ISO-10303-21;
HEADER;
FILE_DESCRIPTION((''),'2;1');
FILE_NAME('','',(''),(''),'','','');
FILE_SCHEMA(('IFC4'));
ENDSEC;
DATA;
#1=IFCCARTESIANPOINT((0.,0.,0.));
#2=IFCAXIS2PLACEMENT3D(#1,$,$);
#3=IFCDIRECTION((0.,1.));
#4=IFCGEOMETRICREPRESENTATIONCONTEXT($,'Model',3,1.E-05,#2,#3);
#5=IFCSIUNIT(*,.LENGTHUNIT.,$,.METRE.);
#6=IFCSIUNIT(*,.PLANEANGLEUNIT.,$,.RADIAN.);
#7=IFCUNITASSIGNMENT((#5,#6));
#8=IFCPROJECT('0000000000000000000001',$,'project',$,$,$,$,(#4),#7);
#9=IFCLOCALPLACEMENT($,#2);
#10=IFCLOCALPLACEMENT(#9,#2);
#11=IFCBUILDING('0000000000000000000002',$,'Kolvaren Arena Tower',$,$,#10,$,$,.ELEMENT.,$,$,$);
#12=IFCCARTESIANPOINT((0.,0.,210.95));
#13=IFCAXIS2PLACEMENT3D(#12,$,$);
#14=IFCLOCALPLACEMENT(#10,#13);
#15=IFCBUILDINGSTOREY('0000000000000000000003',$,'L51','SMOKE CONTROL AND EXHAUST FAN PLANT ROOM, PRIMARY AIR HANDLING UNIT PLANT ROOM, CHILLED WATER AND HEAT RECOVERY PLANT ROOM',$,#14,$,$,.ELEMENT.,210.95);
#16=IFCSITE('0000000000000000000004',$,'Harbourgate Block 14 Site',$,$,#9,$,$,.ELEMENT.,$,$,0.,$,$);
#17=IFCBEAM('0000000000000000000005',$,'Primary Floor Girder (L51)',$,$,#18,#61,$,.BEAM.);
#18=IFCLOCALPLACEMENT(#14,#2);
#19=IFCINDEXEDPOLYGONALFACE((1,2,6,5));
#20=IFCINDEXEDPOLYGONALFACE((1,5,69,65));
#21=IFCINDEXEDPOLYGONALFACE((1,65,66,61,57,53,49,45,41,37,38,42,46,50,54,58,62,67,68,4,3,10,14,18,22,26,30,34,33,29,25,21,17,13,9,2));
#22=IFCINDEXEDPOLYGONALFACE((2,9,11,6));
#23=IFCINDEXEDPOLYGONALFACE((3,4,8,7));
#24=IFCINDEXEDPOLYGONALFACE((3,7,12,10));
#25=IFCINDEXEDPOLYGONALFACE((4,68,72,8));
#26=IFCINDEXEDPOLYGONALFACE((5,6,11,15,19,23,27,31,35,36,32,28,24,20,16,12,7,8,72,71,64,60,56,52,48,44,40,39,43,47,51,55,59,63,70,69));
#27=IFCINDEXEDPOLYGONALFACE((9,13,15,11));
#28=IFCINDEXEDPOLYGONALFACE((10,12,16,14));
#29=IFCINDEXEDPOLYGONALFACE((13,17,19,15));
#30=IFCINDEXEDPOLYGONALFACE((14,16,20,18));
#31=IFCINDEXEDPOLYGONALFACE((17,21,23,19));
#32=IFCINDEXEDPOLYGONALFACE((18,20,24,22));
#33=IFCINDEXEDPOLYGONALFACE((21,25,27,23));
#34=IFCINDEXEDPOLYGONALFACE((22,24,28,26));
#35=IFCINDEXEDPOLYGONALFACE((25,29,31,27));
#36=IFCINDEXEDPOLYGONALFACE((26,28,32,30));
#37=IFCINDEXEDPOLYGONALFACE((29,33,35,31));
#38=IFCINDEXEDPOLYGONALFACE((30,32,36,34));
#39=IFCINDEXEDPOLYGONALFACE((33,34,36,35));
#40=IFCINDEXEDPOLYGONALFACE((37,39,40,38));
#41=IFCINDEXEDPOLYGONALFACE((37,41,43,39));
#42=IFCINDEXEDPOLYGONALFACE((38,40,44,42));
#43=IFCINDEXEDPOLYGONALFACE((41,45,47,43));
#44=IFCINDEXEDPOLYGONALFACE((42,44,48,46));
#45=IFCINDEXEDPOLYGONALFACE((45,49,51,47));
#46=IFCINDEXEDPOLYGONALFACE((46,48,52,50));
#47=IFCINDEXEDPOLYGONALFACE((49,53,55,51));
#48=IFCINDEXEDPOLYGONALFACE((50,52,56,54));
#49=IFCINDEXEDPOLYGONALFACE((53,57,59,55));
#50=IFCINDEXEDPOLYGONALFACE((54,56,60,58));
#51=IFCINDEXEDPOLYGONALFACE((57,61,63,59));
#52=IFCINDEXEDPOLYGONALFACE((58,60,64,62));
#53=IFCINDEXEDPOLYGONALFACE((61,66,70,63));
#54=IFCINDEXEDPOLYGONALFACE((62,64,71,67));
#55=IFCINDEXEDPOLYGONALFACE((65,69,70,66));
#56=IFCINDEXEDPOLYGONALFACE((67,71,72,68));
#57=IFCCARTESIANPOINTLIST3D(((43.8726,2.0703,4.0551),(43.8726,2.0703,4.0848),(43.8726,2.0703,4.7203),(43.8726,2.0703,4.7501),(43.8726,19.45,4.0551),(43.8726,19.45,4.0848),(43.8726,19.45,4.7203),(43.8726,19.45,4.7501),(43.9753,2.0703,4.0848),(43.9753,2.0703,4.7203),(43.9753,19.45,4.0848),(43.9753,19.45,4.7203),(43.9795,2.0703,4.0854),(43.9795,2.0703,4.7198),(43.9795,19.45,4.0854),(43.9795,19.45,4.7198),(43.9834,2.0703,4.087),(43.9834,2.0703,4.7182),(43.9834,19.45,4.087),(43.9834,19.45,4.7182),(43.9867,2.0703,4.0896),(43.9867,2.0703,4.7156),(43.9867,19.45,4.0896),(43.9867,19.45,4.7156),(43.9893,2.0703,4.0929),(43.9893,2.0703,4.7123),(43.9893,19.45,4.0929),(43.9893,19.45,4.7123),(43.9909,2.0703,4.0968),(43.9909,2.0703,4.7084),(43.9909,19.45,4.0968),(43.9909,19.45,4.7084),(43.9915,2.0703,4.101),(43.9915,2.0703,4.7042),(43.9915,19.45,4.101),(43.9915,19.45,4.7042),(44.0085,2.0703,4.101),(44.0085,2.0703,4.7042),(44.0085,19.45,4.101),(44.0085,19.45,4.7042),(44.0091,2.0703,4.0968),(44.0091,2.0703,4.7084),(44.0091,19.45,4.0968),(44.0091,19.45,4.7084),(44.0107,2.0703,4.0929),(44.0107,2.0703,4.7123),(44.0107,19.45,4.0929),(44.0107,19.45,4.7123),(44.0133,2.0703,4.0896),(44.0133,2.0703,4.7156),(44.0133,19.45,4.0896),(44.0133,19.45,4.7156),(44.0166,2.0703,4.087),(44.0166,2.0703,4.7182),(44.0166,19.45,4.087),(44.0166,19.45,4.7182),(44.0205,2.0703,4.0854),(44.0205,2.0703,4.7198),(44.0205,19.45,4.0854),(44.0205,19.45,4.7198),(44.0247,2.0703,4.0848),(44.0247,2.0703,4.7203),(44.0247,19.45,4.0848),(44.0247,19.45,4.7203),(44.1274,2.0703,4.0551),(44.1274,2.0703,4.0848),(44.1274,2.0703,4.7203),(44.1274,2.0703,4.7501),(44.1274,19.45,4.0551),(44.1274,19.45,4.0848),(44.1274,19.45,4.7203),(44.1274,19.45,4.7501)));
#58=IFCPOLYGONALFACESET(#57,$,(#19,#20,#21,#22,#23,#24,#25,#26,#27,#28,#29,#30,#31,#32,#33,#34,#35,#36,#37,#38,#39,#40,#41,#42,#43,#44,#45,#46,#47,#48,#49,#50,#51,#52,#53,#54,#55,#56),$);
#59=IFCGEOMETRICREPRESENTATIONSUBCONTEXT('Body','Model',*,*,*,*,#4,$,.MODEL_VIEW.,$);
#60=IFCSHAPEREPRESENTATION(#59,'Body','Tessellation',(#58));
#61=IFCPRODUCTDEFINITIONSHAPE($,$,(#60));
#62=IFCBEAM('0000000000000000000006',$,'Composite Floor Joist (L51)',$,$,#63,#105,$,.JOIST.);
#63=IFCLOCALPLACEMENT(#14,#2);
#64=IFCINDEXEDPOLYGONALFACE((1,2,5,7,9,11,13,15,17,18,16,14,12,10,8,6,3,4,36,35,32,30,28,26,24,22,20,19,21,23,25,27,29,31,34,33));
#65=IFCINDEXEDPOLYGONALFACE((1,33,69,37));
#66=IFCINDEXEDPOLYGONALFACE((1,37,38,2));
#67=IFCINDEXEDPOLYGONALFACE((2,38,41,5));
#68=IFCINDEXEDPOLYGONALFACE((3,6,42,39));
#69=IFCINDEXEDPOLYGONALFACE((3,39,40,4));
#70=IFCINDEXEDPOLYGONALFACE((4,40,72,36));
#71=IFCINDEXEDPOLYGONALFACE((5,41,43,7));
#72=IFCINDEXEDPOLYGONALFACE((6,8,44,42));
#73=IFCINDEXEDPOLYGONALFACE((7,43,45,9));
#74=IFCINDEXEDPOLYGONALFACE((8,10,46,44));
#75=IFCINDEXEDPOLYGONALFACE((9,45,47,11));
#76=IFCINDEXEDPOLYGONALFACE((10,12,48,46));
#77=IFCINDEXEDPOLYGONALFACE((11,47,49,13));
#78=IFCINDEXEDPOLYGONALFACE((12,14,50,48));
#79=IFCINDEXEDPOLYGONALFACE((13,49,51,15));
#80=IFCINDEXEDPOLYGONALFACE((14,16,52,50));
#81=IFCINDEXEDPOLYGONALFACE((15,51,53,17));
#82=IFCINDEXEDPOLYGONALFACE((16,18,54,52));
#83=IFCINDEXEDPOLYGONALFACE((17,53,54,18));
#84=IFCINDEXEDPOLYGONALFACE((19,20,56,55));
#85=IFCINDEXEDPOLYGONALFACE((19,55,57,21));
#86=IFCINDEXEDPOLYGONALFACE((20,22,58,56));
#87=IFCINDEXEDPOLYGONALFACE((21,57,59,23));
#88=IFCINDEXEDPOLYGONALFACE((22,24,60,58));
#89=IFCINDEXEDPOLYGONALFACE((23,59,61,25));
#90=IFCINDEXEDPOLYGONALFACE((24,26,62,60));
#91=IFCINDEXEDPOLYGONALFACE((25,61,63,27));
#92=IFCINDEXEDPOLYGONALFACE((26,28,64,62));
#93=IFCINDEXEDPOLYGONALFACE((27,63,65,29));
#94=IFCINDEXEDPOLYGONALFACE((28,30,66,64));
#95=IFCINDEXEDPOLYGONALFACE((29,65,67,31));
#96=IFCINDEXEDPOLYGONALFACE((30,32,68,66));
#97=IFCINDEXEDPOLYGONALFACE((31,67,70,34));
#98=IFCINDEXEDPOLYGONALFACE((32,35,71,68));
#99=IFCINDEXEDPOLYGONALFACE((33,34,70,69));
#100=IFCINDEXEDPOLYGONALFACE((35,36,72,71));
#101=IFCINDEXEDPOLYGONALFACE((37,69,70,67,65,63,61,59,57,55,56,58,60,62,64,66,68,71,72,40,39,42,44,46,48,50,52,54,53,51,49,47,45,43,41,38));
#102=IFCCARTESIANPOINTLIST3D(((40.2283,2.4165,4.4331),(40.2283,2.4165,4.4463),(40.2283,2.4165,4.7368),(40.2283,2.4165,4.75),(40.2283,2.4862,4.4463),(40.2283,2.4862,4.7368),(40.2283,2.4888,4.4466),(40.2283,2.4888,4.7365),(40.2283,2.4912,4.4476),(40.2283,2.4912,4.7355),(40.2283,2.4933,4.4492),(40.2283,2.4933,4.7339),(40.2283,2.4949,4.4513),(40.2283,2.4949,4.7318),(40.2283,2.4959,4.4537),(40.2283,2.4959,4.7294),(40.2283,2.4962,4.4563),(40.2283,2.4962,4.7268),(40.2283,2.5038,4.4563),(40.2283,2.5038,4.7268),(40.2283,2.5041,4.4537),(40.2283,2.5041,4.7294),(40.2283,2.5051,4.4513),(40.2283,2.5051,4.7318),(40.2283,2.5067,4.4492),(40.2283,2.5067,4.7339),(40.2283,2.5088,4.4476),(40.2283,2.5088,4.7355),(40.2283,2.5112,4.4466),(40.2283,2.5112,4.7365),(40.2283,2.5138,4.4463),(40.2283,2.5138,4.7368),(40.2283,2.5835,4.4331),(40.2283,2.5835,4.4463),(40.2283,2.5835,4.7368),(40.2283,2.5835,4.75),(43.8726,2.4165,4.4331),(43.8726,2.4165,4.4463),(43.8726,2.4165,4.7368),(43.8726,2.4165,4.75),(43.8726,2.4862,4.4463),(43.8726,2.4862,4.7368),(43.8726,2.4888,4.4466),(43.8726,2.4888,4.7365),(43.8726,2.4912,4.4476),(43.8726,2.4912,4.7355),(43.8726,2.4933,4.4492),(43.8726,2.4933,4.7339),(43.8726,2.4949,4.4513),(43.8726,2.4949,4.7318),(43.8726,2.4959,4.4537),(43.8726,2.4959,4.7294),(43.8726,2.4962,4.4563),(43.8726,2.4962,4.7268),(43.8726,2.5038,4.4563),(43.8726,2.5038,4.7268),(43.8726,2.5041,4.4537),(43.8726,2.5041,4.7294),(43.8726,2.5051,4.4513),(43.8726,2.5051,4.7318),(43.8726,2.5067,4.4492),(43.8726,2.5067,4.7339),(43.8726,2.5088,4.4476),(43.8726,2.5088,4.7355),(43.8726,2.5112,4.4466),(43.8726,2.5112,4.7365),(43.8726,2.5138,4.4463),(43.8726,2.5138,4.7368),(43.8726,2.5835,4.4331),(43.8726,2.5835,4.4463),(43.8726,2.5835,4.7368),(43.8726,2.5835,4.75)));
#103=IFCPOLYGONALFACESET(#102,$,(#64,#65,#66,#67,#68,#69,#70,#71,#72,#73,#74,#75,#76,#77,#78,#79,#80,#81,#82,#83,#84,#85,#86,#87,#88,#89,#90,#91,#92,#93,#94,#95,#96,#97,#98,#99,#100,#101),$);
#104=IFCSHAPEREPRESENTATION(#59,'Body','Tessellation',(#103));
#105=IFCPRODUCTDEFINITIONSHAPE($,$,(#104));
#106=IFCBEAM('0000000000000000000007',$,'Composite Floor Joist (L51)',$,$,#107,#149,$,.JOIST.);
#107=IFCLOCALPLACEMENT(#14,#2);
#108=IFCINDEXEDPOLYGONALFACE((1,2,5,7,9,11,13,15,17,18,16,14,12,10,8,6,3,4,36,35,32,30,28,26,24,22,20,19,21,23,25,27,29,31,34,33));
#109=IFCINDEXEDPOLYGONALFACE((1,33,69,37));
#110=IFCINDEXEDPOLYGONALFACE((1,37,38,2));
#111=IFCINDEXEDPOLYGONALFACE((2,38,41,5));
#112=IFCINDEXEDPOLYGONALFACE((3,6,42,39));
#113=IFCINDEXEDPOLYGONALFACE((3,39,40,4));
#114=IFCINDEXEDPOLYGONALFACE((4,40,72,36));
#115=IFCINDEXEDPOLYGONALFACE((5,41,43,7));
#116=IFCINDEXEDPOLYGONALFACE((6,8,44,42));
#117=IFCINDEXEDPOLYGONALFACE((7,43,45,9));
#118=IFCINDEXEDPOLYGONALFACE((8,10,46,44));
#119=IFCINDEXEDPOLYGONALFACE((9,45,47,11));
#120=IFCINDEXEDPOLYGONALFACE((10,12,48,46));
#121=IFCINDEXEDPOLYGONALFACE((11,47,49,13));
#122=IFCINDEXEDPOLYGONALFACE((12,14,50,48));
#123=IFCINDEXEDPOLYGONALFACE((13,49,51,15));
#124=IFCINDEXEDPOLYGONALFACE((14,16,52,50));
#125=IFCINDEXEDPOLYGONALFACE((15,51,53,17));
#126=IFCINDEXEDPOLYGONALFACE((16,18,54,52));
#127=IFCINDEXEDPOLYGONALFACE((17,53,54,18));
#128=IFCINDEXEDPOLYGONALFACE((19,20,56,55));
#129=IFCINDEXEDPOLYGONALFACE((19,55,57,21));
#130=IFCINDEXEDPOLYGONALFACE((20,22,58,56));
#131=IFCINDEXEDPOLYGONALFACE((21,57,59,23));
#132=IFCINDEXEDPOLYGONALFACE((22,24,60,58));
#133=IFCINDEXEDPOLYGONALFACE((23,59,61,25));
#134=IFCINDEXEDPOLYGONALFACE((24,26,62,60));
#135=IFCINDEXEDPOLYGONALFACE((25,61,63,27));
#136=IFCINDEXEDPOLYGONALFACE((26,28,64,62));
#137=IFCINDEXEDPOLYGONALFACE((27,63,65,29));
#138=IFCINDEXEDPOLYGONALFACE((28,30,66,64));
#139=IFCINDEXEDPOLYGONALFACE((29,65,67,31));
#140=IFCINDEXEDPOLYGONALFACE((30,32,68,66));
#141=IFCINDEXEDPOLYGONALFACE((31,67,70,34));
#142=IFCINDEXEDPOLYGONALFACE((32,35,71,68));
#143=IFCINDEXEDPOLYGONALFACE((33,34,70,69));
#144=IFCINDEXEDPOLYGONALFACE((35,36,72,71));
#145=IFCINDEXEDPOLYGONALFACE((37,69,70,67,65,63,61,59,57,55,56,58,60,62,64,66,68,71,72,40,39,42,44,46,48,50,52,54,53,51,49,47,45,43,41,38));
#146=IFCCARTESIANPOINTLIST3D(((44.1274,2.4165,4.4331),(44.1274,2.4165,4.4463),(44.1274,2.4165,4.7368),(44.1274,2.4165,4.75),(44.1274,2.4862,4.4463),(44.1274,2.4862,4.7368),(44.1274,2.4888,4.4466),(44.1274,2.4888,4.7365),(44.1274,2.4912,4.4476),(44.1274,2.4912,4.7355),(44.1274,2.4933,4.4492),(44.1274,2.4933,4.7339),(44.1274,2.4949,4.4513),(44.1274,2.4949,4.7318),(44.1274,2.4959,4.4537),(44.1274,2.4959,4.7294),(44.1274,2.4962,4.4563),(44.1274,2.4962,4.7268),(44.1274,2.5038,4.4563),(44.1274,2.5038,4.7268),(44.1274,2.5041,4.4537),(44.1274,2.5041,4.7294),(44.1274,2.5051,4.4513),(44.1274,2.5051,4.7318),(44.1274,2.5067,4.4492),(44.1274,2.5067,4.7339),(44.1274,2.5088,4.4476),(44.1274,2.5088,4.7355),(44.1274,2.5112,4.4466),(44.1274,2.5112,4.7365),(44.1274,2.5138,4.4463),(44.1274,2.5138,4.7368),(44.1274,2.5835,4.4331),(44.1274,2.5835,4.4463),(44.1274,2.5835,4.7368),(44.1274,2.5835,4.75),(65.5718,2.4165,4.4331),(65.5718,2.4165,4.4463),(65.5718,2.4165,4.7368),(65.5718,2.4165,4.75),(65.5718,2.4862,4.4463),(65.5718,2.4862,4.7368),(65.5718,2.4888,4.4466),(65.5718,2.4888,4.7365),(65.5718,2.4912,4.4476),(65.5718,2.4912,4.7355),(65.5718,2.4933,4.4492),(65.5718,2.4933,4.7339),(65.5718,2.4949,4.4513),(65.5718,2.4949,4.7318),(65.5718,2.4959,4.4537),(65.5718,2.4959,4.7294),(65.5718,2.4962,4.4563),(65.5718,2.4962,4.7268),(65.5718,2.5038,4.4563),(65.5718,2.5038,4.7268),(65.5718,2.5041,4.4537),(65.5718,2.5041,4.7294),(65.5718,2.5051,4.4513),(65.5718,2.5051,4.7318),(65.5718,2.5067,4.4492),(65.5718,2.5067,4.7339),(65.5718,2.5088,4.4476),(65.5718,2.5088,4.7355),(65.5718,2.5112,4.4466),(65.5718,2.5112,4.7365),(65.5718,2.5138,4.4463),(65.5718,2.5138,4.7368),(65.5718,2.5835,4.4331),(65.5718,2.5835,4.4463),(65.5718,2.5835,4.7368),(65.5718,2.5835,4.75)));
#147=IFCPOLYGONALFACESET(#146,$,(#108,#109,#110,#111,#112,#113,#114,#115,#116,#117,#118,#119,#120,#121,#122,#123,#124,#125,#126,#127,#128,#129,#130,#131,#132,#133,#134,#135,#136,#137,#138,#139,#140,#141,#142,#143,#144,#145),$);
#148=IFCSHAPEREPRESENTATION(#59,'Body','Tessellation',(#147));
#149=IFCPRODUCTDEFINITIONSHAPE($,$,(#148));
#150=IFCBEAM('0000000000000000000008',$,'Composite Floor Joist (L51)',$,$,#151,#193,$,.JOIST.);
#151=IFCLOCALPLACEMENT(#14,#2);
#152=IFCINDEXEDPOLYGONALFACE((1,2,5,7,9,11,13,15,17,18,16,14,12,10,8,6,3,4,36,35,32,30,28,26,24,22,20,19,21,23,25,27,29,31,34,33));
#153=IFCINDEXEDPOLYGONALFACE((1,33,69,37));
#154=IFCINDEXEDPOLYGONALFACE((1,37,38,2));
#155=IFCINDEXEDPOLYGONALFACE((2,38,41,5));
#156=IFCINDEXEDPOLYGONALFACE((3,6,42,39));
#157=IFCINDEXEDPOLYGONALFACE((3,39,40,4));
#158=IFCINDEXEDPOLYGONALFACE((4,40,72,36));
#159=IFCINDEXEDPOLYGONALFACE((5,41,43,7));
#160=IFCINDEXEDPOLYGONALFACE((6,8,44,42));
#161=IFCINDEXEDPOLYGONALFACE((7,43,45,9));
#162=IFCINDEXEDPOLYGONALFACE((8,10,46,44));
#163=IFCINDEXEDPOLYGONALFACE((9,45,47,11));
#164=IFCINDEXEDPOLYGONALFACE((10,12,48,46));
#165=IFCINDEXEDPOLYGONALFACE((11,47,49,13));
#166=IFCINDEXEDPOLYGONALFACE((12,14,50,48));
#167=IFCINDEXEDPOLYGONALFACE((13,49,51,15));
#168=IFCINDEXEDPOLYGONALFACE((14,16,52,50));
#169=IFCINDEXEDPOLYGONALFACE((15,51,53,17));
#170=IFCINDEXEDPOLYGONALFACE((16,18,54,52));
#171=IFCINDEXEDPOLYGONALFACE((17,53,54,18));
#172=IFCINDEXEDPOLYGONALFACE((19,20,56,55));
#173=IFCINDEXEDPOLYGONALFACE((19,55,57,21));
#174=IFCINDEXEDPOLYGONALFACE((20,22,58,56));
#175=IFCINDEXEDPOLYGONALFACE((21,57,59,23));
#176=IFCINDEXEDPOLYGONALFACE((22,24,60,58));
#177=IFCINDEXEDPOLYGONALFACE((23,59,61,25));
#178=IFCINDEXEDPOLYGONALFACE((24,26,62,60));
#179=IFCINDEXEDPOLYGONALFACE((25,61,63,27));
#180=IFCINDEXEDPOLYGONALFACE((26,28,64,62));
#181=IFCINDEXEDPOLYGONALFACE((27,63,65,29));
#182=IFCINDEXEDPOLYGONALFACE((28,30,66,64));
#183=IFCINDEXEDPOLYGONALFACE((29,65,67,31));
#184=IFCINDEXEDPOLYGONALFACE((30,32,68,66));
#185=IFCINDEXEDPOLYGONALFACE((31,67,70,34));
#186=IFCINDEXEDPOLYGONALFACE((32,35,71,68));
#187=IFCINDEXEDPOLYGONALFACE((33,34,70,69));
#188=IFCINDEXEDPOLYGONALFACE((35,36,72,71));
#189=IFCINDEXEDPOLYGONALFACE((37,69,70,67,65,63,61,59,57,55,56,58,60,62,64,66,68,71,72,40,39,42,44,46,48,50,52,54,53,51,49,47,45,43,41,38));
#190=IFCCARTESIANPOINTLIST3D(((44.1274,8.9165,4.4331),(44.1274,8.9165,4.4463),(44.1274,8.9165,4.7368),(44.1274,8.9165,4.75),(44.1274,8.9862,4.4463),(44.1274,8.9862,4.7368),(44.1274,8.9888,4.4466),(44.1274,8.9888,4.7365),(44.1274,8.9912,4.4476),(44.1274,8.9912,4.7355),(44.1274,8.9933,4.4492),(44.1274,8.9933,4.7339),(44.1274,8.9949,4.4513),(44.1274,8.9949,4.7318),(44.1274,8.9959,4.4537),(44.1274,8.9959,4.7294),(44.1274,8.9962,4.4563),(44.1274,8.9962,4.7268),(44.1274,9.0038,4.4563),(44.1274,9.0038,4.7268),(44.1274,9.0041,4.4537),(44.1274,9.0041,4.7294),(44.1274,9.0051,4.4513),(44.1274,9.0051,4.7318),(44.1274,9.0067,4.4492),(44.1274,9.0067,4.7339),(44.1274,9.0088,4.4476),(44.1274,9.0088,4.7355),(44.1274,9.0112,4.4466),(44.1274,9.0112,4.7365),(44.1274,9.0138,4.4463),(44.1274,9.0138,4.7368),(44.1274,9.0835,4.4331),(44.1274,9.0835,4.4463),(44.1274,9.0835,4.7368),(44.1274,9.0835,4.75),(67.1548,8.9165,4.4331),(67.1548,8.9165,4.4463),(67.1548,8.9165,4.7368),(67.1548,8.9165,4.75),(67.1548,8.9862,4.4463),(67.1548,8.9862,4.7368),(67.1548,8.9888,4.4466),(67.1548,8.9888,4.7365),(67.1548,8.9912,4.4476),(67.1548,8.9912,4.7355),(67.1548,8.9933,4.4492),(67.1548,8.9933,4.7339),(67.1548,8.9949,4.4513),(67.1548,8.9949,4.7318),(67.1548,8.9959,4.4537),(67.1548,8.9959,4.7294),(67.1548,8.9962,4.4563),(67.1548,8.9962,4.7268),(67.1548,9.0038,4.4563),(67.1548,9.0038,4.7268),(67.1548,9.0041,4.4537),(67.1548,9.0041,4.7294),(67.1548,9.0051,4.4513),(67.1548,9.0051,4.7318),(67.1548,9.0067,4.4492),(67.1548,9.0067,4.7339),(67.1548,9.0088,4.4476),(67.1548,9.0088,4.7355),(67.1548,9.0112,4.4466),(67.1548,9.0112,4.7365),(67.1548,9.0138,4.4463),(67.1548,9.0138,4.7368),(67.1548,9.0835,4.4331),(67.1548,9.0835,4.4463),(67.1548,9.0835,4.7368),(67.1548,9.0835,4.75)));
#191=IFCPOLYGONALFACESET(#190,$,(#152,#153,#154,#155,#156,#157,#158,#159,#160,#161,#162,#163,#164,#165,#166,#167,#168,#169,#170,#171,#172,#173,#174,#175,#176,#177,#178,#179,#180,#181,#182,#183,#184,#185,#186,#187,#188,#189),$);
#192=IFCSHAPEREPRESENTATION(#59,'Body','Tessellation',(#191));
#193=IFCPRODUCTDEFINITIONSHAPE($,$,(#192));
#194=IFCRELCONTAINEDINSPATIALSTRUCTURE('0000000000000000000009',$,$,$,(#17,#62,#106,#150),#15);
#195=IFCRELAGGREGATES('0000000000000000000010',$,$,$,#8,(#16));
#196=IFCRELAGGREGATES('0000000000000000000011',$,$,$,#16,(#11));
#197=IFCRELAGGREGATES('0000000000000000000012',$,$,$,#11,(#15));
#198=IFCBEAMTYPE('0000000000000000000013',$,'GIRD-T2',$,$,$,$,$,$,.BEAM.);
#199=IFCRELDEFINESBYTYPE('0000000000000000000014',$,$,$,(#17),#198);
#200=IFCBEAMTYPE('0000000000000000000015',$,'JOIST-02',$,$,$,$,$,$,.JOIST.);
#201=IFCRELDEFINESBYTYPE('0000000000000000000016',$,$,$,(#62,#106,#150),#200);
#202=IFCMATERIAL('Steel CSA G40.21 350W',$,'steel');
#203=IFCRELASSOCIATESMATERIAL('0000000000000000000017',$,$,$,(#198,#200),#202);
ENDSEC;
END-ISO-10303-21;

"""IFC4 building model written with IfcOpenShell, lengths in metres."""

from ifc_helpers import new_model, si_unit, direction, frame, origin, origin_2d, place, context, subcontext, project, spatial, i_section, extrude, material, material_profile, profile_set, type_object, element, save


model = new_model("IFC4")

# Units and contexts
model_context = context("Model", 3, precision=1e-05, world=origin(), true_north=direction((0.0, 1.0)))
body_context = subcontext(model_context, "Body", "Model", "MODEL_VIEW")
ifc_project = project(units=[si_unit("LENGTHUNIT", "METRE"), si_unit("PLANEANGLEUNIT", "RADIAN")], contexts=[model_context])

# Site, building, storey
site_placement = place(None, origin())
site = spatial("IfcSite", under=ifc_project, at=site_placement, Name="Harbourgate Block 14 Site", CompositionType="ELEMENT", RefElevation=0.0)
building_placement = place(site_placement, origin())
building = spatial("IfcBuilding", under=site, at=building_placement, Name="Kolvaren Arena Tower", CompositionType="ELEMENT")
storey_placement = place(building_placement, frame((0.0, 0.0, 210.95)))
storey = spatial("IfcBuildingStorey", under=building, at=storey_placement, Name="L51", Description="SMOKE CONTROL AND EXHAUST FAN PLANT ROOM, PRIMARY AIR HANDLING UNIT PLANT ROOM, CHILLED WATER AND HEAT RECOVERY PLANT ROOM", CompositionType="ELEMENT", Elevation=210.95)

# Beams
ifc_material_1 = material(Name="Steel CSA G40.21 350W", Category="steel")
ifc_material_profile_1 = material_profile(ifc_material_1, i_section(OverallWidth=0.2549, OverallDepth=0.6951, WebThickness=0.0171, FlangeThickness=0.0298, FilletRadius=0.0161, at=origin_2d()), Name="W690x217")
ifc_profile_set_1 = profile_set([ifc_material_profile_1], Name="Steel CSA G40.21 350W")
beam_type_1 = type_object("IfcBeamType", Name="GIRD-T2", PredefinedType="BEAM", material=ifc_profile_set_1)
beam_1_placement = place(storey_placement, frame((44.0, 2.0703, 4.4026), z_axis=(0.0, 1.0, 0.0), x_axis=(-1.0, 0.0, 0.0)))
element("IfcBeam", 1, at=beam_1_placement, inside=storey, type_object=beam_type_1, Name="Primary Floor Girder (L51)", PredefinedType="BEAM", context=body_context, shape_type="SweptSolid", body=[
    extrude(i_section(OverallWidth=0.2549, OverallDepth=0.6951, WebThickness=0.0171, FlangeThickness=0.0298, FilletRadius=0.0161, at=origin_2d()), origin(), (0.0, 0.0, 1.0), 17.3796),
])
ifc_material_profile_2 = material_profile(ifc_material_1, i_section(OverallWidth=0.167, OverallDepth=0.3169, WebThickness=0.0076, FlangeThickness=0.0132, FilletRadius=0.01, at=origin_2d()), Name="W310x52")
ifc_profile_set_2 = profile_set([ifc_material_profile_2], Name="Steel CSA G40.21 350W")
beam_type_2 = type_object("IfcBeamType", Name="JOIST-02", PredefinedType="JOIST", material=ifc_profile_set_2)
beam_2_placement = place(storey_placement, frame((40.2283, 2.5, 4.5916), z_axis=(1.0, 0.0, 0.0), x_axis=(0.0, 1.0, 0.0)))
element("IfcBeam", 2, at=beam_2_placement, inside=storey, type_object=beam_type_2, Name="Composite Floor Joist (L51)", PredefinedType="JOIST", context=body_context, shape_type="SweptSolid", body=[
    extrude(i_section(OverallWidth=0.167, OverallDepth=0.3169, WebThickness=0.0076, FlangeThickness=0.0132, FilletRadius=0.01, at=origin_2d()), origin(), (0.0, 0.0, 1.0), 3.6443),
])
beam_3_placement = place(storey_placement, frame((44.1274, 2.5, 4.5916), z_axis=(1.0, 0.0, 0.0), x_axis=(0.0, 1.0, 0.0)))
element("IfcBeam", 3, at=beam_3_placement, inside=storey, type_object=beam_type_2, Name="Composite Floor Joist (L51)", PredefinedType="JOIST", context=body_context, shape_type="SweptSolid", body=[
    extrude(i_section(OverallWidth=0.167, OverallDepth=0.3169, WebThickness=0.0076, FlangeThickness=0.0132, FilletRadius=0.01, at=origin_2d()), origin(), (0.0, 0.0, 1.0), 21.4443),
])
beam_4_placement = place(storey_placement, frame((44.1274, 9.0, 4.5916), z_axis=(1.0, 0.0, 0.0), x_axis=(0.0, 1.0, 0.0)))
element("IfcBeam", 4, at=beam_4_placement, inside=storey, type_object=beam_type_2, Name="Composite Floor Joist (L51)", PredefinedType="JOIST", context=body_context, shape_type="SweptSolid", body=[
    extrude(i_section(OverallWidth=0.167, OverallDepth=0.3169, WebThickness=0.0076, FlangeThickness=0.0132, FilletRadius=0.01, at=origin_2d()), origin(), (0.0, 0.0, 1.0), 23.0273),
])

save(model, "model.ifc")
